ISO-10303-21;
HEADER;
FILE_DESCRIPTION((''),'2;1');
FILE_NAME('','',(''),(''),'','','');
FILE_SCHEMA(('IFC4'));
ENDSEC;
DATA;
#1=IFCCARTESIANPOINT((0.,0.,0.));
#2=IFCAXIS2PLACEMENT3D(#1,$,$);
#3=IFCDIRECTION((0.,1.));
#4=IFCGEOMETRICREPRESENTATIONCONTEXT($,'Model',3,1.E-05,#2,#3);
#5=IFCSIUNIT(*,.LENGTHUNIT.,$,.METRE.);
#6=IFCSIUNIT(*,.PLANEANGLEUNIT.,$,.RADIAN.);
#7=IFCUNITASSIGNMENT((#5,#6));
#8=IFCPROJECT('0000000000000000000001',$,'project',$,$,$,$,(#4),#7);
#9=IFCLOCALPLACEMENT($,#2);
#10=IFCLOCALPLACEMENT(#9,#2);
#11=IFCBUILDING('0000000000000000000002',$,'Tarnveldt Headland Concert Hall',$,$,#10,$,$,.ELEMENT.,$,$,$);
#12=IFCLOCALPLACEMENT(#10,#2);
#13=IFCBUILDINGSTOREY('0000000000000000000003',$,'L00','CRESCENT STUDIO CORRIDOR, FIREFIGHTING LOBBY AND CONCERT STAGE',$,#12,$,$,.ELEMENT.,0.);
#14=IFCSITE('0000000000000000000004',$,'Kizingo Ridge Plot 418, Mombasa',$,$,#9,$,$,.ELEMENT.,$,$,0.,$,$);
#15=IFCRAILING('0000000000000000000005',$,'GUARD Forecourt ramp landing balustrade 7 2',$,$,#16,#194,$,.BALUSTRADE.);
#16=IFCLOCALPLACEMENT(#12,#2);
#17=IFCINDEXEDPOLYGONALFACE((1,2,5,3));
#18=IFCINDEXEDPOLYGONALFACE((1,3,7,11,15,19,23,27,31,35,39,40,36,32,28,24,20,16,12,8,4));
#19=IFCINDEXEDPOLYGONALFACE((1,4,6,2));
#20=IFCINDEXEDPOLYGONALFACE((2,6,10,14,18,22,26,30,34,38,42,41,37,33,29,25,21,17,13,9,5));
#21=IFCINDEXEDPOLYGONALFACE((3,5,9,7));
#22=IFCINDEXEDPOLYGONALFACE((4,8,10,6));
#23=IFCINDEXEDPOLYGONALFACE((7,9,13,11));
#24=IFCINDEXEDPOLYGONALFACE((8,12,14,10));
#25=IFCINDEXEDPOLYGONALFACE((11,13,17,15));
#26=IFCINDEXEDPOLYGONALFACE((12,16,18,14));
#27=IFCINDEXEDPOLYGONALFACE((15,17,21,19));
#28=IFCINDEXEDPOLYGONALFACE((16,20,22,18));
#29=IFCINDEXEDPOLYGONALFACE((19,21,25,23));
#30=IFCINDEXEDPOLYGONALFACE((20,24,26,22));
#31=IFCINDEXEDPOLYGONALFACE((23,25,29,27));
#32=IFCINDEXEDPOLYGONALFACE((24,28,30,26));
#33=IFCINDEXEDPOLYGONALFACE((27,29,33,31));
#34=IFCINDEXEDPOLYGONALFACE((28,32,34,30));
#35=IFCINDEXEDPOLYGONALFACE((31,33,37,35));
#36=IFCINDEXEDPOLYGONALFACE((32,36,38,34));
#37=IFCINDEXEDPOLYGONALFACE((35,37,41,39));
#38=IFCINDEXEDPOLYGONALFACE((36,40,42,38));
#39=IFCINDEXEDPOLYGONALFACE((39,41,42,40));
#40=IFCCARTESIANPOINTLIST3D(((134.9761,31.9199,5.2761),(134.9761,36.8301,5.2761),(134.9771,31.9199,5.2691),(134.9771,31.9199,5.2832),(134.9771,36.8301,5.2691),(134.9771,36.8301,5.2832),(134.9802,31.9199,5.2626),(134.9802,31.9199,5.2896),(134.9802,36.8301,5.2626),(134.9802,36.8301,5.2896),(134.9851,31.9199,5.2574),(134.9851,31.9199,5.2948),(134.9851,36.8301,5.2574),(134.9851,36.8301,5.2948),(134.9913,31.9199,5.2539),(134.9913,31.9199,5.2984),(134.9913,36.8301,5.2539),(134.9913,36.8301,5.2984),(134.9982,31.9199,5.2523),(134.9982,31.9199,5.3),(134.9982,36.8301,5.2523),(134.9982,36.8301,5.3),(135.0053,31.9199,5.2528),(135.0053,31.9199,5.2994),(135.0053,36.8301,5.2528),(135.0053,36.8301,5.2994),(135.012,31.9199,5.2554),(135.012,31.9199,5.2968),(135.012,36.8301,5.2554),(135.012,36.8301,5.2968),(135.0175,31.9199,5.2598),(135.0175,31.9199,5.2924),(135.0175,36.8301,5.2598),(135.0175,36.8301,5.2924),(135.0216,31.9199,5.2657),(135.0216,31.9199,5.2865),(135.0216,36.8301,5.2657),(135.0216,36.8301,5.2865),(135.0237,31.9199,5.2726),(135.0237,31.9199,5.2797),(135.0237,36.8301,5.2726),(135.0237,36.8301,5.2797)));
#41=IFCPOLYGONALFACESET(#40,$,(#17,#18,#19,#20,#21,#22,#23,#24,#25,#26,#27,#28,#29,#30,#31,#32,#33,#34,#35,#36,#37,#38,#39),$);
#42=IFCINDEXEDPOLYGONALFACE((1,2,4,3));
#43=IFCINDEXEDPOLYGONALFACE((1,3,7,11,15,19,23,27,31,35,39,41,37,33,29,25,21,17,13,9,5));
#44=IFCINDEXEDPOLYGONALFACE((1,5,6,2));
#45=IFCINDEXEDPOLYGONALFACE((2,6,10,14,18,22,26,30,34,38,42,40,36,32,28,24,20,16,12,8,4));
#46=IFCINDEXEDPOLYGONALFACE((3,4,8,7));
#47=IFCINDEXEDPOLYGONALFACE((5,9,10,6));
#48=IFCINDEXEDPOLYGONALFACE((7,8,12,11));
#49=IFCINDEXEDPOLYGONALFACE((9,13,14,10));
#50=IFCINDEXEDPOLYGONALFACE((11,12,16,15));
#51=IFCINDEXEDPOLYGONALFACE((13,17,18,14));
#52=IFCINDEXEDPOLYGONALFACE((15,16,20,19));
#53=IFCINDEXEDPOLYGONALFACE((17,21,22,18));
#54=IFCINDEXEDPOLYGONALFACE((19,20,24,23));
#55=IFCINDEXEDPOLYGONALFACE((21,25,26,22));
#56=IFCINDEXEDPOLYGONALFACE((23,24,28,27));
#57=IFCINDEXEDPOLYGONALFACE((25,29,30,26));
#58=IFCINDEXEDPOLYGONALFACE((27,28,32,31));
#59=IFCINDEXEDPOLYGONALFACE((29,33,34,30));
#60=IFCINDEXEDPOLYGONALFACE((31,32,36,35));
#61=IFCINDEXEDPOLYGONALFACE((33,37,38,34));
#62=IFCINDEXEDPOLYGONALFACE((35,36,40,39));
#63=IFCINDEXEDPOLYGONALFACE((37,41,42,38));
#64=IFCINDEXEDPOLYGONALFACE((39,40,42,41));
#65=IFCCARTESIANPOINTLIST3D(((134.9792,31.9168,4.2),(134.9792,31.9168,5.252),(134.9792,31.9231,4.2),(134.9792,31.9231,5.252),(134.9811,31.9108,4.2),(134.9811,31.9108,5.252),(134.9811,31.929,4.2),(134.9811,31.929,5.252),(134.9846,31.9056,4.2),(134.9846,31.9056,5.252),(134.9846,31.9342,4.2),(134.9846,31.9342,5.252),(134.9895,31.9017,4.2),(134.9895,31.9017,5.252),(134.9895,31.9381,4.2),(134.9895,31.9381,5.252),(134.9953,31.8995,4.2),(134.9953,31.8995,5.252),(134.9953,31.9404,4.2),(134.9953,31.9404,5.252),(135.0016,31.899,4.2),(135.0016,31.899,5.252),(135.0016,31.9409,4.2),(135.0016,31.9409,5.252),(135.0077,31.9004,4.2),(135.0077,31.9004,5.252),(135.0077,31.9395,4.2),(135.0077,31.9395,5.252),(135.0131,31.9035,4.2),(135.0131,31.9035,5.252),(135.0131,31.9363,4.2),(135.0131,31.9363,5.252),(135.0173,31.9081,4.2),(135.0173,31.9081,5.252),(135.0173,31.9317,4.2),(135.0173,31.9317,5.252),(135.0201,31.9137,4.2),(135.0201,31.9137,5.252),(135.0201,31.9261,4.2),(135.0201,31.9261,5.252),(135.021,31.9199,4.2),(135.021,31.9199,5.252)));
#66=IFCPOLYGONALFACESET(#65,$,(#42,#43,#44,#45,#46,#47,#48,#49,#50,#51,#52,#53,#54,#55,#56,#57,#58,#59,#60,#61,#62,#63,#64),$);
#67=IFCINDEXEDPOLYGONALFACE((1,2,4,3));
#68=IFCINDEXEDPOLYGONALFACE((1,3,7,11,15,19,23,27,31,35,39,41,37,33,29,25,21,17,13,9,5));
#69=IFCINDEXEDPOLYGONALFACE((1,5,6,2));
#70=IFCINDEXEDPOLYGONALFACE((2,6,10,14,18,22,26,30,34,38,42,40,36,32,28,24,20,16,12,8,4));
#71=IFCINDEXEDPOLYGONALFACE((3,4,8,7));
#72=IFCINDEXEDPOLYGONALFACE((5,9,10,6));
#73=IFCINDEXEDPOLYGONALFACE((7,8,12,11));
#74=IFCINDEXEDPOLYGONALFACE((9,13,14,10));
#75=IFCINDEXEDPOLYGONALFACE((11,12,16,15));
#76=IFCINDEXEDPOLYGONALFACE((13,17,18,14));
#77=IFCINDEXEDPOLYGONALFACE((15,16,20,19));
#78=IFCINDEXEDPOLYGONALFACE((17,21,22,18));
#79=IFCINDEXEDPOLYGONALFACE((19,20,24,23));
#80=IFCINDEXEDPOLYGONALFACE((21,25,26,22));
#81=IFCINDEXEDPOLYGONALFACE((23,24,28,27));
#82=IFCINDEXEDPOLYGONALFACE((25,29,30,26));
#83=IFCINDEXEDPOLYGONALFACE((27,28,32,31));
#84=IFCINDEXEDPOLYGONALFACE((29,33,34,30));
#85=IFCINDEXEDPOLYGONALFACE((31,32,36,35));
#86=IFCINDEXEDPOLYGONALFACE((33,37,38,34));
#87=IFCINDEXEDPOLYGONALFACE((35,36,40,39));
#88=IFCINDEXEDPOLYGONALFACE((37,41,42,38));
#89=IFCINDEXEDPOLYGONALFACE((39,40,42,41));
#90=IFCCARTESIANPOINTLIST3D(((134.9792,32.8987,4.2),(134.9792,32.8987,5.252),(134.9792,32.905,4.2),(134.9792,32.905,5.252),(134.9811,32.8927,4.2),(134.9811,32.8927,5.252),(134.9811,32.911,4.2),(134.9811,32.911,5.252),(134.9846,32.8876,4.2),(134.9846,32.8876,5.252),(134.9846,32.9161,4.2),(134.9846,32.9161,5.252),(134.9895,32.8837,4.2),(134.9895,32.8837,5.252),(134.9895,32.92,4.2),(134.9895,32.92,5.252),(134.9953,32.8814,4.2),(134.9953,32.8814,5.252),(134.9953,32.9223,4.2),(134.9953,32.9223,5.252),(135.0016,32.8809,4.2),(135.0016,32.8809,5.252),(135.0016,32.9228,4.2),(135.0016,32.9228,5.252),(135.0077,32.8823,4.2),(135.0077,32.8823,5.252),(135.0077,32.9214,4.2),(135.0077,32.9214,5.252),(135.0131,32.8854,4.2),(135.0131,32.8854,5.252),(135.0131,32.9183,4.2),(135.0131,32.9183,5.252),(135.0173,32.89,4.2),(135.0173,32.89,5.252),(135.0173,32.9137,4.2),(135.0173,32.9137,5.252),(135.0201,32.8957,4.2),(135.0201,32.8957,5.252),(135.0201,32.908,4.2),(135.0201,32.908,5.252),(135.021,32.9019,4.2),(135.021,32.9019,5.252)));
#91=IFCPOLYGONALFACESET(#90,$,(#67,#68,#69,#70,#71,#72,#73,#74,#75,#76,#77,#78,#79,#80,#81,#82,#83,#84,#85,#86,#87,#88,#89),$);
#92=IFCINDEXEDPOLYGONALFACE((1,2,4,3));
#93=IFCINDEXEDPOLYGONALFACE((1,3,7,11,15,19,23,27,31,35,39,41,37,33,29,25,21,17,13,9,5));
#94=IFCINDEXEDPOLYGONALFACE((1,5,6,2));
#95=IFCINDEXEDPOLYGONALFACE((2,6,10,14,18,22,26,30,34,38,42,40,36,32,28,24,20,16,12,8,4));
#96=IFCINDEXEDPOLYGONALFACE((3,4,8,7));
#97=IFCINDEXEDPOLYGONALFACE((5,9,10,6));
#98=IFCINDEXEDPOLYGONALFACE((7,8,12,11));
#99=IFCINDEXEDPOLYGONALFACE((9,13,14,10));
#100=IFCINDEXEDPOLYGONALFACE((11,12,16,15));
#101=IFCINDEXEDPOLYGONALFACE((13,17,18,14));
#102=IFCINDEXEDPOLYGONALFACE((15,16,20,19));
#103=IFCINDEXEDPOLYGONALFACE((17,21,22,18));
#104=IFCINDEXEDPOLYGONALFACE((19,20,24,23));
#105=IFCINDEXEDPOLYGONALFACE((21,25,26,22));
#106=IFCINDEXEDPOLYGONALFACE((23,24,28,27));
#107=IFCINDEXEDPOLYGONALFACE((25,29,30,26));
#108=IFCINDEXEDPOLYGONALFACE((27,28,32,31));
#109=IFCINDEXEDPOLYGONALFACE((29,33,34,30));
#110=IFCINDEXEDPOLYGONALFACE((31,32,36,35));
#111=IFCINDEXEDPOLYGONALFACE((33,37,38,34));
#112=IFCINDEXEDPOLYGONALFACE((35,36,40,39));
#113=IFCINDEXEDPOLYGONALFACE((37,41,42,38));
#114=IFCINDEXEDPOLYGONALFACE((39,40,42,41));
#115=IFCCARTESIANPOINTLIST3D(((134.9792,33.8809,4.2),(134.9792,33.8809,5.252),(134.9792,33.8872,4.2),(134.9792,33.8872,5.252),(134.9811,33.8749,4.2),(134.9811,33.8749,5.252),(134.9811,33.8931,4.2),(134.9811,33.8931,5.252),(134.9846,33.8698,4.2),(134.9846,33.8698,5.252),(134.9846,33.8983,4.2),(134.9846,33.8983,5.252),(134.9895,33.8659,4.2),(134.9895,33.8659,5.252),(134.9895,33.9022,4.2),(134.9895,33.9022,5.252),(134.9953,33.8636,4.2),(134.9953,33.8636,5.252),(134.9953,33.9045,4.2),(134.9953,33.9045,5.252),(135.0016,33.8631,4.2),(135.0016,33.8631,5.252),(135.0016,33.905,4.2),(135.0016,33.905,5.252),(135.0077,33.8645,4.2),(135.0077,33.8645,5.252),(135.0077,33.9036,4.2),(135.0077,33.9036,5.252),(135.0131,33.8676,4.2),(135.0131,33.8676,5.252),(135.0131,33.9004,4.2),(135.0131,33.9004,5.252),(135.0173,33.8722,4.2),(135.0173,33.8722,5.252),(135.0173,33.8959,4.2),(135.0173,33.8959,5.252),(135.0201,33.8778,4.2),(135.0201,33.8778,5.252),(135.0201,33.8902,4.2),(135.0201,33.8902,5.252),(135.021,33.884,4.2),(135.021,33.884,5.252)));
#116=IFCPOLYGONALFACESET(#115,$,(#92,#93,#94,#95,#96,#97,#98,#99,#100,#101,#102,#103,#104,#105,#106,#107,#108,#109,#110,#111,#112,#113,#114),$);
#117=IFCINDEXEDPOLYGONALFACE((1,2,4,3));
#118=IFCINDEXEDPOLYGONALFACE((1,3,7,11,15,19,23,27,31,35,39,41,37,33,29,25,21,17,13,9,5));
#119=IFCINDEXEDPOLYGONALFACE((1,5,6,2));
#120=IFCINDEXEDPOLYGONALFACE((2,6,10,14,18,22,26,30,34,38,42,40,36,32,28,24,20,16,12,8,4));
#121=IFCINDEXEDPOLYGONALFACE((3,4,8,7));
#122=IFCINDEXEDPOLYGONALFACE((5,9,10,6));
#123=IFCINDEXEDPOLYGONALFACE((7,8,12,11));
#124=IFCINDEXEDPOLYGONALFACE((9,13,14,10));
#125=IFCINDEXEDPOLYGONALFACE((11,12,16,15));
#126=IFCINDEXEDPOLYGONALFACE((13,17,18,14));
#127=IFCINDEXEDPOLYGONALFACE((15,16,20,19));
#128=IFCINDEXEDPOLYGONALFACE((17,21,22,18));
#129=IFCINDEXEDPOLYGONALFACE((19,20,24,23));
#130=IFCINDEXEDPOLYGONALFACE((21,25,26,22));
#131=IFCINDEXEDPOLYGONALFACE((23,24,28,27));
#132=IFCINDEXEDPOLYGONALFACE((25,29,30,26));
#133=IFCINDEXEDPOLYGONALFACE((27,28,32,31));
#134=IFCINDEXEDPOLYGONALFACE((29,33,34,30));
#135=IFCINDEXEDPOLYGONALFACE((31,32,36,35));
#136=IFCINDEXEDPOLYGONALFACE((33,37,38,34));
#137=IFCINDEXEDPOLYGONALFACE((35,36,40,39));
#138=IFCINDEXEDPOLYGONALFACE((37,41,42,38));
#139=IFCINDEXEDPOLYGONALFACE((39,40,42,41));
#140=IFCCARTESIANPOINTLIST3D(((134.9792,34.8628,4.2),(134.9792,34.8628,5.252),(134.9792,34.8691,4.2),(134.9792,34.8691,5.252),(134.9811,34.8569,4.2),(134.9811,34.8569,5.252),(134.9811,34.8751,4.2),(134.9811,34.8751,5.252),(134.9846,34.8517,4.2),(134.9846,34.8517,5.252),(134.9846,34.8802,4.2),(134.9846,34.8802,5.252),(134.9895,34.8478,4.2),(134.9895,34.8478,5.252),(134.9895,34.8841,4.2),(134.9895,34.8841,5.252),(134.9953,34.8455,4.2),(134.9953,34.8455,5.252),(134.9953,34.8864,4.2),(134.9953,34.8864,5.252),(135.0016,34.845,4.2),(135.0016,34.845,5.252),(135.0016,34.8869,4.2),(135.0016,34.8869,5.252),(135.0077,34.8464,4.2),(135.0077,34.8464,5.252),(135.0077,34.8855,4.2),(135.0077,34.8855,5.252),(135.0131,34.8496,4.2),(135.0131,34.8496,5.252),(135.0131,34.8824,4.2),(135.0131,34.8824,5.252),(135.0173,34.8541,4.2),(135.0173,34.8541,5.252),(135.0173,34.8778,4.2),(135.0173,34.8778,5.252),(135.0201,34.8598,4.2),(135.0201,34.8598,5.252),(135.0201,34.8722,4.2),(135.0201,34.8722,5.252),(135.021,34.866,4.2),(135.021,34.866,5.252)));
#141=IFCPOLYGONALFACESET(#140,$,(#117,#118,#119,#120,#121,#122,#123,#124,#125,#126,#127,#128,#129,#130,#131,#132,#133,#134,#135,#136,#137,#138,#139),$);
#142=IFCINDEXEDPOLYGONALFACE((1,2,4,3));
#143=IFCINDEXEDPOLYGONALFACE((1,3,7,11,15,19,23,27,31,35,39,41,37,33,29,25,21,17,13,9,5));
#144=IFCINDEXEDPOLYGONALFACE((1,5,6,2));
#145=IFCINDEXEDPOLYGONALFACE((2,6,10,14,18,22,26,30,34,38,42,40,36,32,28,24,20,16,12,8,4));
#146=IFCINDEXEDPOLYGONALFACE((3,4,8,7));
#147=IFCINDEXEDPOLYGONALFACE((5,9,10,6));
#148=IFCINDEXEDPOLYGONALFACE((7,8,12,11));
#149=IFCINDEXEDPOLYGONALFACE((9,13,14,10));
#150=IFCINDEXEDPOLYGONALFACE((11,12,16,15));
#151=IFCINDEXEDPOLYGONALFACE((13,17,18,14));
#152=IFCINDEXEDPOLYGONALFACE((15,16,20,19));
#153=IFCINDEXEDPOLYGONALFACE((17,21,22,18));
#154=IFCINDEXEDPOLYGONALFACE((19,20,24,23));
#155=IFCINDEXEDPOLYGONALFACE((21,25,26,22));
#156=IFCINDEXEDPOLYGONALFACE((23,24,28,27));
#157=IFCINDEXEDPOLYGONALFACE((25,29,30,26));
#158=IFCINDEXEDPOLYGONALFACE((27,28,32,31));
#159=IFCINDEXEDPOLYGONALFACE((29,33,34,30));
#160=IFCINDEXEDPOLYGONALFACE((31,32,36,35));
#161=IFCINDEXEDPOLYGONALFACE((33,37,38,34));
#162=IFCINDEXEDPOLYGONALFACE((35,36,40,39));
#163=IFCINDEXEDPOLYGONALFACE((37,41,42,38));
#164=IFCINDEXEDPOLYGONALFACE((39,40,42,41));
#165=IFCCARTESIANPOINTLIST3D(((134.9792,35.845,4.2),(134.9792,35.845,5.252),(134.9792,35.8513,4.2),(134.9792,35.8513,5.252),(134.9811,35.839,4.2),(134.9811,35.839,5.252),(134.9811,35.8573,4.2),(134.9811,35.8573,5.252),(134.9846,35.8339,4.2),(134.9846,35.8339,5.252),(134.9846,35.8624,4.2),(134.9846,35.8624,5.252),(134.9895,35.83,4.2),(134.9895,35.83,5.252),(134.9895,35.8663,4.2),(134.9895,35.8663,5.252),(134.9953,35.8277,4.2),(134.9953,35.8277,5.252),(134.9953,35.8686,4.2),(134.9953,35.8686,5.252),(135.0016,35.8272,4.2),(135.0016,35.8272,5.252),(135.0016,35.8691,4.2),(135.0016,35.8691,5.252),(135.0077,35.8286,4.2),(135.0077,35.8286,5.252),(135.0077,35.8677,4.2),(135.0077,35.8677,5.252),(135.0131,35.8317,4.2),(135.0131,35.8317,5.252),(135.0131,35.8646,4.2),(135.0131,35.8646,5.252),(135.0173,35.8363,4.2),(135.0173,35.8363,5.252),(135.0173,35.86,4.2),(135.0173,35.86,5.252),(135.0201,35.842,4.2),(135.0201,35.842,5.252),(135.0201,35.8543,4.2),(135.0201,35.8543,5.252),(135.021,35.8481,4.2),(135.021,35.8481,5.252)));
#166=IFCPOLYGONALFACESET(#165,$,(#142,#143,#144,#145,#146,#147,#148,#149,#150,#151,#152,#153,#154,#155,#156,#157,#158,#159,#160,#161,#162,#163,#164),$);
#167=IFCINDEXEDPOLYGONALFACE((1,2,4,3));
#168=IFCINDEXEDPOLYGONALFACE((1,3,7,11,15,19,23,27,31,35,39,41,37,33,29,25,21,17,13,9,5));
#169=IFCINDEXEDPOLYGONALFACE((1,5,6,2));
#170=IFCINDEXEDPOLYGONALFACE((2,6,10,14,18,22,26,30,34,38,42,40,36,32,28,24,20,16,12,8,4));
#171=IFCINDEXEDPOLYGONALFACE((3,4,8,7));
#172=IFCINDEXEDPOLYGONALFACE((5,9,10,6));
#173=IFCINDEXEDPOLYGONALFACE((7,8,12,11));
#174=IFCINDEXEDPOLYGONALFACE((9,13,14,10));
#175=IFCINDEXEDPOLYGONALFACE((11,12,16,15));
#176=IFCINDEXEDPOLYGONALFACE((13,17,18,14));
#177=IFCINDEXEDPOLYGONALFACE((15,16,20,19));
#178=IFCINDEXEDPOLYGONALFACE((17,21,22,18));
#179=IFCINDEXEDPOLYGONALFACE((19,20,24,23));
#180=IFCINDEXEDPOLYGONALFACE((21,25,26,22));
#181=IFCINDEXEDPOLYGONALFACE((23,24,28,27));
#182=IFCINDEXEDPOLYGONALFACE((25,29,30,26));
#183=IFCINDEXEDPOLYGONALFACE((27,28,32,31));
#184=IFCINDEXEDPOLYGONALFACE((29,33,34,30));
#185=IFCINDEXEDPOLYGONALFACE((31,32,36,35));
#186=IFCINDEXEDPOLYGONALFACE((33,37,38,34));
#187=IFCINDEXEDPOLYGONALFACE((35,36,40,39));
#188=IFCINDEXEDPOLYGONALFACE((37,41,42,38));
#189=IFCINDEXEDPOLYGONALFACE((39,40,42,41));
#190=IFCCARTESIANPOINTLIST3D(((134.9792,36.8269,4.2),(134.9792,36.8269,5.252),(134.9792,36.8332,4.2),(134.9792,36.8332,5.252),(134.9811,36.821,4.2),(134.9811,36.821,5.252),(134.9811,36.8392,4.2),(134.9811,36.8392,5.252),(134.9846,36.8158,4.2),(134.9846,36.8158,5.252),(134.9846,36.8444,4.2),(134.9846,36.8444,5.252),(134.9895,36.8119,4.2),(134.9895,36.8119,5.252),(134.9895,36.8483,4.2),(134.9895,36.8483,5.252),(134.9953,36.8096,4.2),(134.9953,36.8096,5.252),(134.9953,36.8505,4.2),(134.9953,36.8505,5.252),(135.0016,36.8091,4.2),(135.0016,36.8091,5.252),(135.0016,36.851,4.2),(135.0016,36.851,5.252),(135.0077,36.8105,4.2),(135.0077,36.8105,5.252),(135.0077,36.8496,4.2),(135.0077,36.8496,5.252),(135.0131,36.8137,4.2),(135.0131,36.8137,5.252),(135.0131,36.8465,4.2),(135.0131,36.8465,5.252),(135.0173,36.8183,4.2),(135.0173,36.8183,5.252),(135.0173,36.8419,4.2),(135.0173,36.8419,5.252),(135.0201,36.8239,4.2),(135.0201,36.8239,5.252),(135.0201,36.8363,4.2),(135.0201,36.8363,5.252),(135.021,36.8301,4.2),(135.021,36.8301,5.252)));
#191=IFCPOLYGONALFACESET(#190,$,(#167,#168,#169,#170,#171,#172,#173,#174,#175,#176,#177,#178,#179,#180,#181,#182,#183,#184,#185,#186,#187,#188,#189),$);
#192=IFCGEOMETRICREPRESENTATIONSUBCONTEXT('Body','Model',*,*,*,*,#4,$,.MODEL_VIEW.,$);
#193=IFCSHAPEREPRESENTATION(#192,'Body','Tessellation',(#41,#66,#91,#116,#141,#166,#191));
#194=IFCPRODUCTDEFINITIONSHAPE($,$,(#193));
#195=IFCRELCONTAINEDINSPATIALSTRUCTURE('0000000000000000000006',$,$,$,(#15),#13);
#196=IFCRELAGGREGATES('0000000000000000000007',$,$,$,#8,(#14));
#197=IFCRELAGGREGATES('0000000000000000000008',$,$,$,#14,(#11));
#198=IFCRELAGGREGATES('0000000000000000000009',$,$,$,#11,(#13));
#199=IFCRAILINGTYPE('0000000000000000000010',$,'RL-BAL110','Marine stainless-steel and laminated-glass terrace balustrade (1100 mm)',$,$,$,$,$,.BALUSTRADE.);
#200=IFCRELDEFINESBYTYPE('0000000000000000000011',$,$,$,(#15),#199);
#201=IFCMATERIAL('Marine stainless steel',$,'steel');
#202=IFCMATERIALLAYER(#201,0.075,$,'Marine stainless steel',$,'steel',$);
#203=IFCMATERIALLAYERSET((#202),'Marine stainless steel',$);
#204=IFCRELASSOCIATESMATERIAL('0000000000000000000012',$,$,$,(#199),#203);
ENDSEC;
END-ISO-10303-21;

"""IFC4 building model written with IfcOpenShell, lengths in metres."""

from ifc_helpers import new_model, si_unit, direction, frame, origin, origin_2d, place, context, subcontext, project, spatial, circle, extrude, material, layer, layer_set, type_object, element, save


model = new_model("IFC4")

# Units and contexts
model_context = context("Model", 3, precision=1e-05, world=origin(), true_north=direction((0.0, 1.0)))
body_context = subcontext(model_context, "Body", "Model", "MODEL_VIEW")
ifc_project = project(units=[si_unit("LENGTHUNIT", "METRE"), si_unit("PLANEANGLEUNIT", "RADIAN")], contexts=[model_context])

# Site, building, storey
site_placement = place(None, origin())
site = spatial("IfcSite", under=ifc_project, at=site_placement, Name="Kizingo Ridge Plot 418, Mombasa", CompositionType="ELEMENT", RefElevation=0.0)
building_placement = place(site_placement, origin())
building = spatial("IfcBuilding", under=site, at=building_placement, Name="Tarnveldt Headland Concert Hall", CompositionType="ELEMENT")
storey_placement = place(building_placement, origin())
storey = spatial("IfcBuildingStorey", under=building, at=storey_placement, Name="L00", Description="CRESCENT STUDIO CORRIDOR, FIREFIGHTING LOBBY AND CONCERT STAGE", CompositionType="ELEMENT", Elevation=0.0)

# Railing
ifc_material_1 = material(Name="Marine stainless steel", Category="steel")
ifc_layer_1 = layer(ifc_material_1, 0.075, Name="Marine stainless steel", Category="steel")
ifc_layer_set_1 = layer_set([ifc_layer_1], Name="Marine stainless steel")
railing_type = type_object("IfcRailingType", Name="RL-BAL110", Description="Marine stainless-steel and laminated-glass terrace balustrade (1100 mm)", PredefinedType="BALUSTRADE", material=ifc_layer_set_1)
railing_1_placement = place(storey_placement, frame((135.0, 31.9199, 4.2)))
element("IfcRailing", 1, at=railing_1_placement, inside=storey, type_object=railing_type, Name="GUARD Forecourt ramp landing balustrade 7 2", PredefinedType="BALUSTRADE", context=body_context, shape_type="SweptSolid", body=[
    extrude(circle(Radius=0.0239, at=origin_2d()), frame((0.0, 0.0, 1.0762), z_axis=(0.0, 1.0, 0.0), x_axis=(-1.0, 0.0, 0.0)), (0.0, 0.0, 1.0), 4.9102),
    extrude(circle(Radius=0.021, at=origin_2d()), origin(), (0.0, 0.0, 1.0), 1.052),
    extrude(circle(Radius=0.021, at=origin_2d()), frame((0.0, 0.9819, 0.0)), (0.0, 0.0, 1.0), 1.052),
    extrude(circle(Radius=0.021, at=origin_2d()), frame((0.0, 1.9641, 0.0)), (0.0, 0.0, 1.0), 1.052),
    extrude(circle(Radius=0.021, at=origin_2d()), frame((0.0, 2.946, 0.0)), (0.0, 0.0, 1.0), 1.052),
    extrude(circle(Radius=0.021, at=origin_2d()), frame((0.0, 3.9282, 0.0)), (0.0, 0.0, 1.0), 1.052),
    extrude(circle(Radius=0.021, at=origin_2d()), frame((0.0, 4.9102, 0.0)), (0.0, 0.0, 1.0), 1.052),
])

save(model, "model.ifc")
